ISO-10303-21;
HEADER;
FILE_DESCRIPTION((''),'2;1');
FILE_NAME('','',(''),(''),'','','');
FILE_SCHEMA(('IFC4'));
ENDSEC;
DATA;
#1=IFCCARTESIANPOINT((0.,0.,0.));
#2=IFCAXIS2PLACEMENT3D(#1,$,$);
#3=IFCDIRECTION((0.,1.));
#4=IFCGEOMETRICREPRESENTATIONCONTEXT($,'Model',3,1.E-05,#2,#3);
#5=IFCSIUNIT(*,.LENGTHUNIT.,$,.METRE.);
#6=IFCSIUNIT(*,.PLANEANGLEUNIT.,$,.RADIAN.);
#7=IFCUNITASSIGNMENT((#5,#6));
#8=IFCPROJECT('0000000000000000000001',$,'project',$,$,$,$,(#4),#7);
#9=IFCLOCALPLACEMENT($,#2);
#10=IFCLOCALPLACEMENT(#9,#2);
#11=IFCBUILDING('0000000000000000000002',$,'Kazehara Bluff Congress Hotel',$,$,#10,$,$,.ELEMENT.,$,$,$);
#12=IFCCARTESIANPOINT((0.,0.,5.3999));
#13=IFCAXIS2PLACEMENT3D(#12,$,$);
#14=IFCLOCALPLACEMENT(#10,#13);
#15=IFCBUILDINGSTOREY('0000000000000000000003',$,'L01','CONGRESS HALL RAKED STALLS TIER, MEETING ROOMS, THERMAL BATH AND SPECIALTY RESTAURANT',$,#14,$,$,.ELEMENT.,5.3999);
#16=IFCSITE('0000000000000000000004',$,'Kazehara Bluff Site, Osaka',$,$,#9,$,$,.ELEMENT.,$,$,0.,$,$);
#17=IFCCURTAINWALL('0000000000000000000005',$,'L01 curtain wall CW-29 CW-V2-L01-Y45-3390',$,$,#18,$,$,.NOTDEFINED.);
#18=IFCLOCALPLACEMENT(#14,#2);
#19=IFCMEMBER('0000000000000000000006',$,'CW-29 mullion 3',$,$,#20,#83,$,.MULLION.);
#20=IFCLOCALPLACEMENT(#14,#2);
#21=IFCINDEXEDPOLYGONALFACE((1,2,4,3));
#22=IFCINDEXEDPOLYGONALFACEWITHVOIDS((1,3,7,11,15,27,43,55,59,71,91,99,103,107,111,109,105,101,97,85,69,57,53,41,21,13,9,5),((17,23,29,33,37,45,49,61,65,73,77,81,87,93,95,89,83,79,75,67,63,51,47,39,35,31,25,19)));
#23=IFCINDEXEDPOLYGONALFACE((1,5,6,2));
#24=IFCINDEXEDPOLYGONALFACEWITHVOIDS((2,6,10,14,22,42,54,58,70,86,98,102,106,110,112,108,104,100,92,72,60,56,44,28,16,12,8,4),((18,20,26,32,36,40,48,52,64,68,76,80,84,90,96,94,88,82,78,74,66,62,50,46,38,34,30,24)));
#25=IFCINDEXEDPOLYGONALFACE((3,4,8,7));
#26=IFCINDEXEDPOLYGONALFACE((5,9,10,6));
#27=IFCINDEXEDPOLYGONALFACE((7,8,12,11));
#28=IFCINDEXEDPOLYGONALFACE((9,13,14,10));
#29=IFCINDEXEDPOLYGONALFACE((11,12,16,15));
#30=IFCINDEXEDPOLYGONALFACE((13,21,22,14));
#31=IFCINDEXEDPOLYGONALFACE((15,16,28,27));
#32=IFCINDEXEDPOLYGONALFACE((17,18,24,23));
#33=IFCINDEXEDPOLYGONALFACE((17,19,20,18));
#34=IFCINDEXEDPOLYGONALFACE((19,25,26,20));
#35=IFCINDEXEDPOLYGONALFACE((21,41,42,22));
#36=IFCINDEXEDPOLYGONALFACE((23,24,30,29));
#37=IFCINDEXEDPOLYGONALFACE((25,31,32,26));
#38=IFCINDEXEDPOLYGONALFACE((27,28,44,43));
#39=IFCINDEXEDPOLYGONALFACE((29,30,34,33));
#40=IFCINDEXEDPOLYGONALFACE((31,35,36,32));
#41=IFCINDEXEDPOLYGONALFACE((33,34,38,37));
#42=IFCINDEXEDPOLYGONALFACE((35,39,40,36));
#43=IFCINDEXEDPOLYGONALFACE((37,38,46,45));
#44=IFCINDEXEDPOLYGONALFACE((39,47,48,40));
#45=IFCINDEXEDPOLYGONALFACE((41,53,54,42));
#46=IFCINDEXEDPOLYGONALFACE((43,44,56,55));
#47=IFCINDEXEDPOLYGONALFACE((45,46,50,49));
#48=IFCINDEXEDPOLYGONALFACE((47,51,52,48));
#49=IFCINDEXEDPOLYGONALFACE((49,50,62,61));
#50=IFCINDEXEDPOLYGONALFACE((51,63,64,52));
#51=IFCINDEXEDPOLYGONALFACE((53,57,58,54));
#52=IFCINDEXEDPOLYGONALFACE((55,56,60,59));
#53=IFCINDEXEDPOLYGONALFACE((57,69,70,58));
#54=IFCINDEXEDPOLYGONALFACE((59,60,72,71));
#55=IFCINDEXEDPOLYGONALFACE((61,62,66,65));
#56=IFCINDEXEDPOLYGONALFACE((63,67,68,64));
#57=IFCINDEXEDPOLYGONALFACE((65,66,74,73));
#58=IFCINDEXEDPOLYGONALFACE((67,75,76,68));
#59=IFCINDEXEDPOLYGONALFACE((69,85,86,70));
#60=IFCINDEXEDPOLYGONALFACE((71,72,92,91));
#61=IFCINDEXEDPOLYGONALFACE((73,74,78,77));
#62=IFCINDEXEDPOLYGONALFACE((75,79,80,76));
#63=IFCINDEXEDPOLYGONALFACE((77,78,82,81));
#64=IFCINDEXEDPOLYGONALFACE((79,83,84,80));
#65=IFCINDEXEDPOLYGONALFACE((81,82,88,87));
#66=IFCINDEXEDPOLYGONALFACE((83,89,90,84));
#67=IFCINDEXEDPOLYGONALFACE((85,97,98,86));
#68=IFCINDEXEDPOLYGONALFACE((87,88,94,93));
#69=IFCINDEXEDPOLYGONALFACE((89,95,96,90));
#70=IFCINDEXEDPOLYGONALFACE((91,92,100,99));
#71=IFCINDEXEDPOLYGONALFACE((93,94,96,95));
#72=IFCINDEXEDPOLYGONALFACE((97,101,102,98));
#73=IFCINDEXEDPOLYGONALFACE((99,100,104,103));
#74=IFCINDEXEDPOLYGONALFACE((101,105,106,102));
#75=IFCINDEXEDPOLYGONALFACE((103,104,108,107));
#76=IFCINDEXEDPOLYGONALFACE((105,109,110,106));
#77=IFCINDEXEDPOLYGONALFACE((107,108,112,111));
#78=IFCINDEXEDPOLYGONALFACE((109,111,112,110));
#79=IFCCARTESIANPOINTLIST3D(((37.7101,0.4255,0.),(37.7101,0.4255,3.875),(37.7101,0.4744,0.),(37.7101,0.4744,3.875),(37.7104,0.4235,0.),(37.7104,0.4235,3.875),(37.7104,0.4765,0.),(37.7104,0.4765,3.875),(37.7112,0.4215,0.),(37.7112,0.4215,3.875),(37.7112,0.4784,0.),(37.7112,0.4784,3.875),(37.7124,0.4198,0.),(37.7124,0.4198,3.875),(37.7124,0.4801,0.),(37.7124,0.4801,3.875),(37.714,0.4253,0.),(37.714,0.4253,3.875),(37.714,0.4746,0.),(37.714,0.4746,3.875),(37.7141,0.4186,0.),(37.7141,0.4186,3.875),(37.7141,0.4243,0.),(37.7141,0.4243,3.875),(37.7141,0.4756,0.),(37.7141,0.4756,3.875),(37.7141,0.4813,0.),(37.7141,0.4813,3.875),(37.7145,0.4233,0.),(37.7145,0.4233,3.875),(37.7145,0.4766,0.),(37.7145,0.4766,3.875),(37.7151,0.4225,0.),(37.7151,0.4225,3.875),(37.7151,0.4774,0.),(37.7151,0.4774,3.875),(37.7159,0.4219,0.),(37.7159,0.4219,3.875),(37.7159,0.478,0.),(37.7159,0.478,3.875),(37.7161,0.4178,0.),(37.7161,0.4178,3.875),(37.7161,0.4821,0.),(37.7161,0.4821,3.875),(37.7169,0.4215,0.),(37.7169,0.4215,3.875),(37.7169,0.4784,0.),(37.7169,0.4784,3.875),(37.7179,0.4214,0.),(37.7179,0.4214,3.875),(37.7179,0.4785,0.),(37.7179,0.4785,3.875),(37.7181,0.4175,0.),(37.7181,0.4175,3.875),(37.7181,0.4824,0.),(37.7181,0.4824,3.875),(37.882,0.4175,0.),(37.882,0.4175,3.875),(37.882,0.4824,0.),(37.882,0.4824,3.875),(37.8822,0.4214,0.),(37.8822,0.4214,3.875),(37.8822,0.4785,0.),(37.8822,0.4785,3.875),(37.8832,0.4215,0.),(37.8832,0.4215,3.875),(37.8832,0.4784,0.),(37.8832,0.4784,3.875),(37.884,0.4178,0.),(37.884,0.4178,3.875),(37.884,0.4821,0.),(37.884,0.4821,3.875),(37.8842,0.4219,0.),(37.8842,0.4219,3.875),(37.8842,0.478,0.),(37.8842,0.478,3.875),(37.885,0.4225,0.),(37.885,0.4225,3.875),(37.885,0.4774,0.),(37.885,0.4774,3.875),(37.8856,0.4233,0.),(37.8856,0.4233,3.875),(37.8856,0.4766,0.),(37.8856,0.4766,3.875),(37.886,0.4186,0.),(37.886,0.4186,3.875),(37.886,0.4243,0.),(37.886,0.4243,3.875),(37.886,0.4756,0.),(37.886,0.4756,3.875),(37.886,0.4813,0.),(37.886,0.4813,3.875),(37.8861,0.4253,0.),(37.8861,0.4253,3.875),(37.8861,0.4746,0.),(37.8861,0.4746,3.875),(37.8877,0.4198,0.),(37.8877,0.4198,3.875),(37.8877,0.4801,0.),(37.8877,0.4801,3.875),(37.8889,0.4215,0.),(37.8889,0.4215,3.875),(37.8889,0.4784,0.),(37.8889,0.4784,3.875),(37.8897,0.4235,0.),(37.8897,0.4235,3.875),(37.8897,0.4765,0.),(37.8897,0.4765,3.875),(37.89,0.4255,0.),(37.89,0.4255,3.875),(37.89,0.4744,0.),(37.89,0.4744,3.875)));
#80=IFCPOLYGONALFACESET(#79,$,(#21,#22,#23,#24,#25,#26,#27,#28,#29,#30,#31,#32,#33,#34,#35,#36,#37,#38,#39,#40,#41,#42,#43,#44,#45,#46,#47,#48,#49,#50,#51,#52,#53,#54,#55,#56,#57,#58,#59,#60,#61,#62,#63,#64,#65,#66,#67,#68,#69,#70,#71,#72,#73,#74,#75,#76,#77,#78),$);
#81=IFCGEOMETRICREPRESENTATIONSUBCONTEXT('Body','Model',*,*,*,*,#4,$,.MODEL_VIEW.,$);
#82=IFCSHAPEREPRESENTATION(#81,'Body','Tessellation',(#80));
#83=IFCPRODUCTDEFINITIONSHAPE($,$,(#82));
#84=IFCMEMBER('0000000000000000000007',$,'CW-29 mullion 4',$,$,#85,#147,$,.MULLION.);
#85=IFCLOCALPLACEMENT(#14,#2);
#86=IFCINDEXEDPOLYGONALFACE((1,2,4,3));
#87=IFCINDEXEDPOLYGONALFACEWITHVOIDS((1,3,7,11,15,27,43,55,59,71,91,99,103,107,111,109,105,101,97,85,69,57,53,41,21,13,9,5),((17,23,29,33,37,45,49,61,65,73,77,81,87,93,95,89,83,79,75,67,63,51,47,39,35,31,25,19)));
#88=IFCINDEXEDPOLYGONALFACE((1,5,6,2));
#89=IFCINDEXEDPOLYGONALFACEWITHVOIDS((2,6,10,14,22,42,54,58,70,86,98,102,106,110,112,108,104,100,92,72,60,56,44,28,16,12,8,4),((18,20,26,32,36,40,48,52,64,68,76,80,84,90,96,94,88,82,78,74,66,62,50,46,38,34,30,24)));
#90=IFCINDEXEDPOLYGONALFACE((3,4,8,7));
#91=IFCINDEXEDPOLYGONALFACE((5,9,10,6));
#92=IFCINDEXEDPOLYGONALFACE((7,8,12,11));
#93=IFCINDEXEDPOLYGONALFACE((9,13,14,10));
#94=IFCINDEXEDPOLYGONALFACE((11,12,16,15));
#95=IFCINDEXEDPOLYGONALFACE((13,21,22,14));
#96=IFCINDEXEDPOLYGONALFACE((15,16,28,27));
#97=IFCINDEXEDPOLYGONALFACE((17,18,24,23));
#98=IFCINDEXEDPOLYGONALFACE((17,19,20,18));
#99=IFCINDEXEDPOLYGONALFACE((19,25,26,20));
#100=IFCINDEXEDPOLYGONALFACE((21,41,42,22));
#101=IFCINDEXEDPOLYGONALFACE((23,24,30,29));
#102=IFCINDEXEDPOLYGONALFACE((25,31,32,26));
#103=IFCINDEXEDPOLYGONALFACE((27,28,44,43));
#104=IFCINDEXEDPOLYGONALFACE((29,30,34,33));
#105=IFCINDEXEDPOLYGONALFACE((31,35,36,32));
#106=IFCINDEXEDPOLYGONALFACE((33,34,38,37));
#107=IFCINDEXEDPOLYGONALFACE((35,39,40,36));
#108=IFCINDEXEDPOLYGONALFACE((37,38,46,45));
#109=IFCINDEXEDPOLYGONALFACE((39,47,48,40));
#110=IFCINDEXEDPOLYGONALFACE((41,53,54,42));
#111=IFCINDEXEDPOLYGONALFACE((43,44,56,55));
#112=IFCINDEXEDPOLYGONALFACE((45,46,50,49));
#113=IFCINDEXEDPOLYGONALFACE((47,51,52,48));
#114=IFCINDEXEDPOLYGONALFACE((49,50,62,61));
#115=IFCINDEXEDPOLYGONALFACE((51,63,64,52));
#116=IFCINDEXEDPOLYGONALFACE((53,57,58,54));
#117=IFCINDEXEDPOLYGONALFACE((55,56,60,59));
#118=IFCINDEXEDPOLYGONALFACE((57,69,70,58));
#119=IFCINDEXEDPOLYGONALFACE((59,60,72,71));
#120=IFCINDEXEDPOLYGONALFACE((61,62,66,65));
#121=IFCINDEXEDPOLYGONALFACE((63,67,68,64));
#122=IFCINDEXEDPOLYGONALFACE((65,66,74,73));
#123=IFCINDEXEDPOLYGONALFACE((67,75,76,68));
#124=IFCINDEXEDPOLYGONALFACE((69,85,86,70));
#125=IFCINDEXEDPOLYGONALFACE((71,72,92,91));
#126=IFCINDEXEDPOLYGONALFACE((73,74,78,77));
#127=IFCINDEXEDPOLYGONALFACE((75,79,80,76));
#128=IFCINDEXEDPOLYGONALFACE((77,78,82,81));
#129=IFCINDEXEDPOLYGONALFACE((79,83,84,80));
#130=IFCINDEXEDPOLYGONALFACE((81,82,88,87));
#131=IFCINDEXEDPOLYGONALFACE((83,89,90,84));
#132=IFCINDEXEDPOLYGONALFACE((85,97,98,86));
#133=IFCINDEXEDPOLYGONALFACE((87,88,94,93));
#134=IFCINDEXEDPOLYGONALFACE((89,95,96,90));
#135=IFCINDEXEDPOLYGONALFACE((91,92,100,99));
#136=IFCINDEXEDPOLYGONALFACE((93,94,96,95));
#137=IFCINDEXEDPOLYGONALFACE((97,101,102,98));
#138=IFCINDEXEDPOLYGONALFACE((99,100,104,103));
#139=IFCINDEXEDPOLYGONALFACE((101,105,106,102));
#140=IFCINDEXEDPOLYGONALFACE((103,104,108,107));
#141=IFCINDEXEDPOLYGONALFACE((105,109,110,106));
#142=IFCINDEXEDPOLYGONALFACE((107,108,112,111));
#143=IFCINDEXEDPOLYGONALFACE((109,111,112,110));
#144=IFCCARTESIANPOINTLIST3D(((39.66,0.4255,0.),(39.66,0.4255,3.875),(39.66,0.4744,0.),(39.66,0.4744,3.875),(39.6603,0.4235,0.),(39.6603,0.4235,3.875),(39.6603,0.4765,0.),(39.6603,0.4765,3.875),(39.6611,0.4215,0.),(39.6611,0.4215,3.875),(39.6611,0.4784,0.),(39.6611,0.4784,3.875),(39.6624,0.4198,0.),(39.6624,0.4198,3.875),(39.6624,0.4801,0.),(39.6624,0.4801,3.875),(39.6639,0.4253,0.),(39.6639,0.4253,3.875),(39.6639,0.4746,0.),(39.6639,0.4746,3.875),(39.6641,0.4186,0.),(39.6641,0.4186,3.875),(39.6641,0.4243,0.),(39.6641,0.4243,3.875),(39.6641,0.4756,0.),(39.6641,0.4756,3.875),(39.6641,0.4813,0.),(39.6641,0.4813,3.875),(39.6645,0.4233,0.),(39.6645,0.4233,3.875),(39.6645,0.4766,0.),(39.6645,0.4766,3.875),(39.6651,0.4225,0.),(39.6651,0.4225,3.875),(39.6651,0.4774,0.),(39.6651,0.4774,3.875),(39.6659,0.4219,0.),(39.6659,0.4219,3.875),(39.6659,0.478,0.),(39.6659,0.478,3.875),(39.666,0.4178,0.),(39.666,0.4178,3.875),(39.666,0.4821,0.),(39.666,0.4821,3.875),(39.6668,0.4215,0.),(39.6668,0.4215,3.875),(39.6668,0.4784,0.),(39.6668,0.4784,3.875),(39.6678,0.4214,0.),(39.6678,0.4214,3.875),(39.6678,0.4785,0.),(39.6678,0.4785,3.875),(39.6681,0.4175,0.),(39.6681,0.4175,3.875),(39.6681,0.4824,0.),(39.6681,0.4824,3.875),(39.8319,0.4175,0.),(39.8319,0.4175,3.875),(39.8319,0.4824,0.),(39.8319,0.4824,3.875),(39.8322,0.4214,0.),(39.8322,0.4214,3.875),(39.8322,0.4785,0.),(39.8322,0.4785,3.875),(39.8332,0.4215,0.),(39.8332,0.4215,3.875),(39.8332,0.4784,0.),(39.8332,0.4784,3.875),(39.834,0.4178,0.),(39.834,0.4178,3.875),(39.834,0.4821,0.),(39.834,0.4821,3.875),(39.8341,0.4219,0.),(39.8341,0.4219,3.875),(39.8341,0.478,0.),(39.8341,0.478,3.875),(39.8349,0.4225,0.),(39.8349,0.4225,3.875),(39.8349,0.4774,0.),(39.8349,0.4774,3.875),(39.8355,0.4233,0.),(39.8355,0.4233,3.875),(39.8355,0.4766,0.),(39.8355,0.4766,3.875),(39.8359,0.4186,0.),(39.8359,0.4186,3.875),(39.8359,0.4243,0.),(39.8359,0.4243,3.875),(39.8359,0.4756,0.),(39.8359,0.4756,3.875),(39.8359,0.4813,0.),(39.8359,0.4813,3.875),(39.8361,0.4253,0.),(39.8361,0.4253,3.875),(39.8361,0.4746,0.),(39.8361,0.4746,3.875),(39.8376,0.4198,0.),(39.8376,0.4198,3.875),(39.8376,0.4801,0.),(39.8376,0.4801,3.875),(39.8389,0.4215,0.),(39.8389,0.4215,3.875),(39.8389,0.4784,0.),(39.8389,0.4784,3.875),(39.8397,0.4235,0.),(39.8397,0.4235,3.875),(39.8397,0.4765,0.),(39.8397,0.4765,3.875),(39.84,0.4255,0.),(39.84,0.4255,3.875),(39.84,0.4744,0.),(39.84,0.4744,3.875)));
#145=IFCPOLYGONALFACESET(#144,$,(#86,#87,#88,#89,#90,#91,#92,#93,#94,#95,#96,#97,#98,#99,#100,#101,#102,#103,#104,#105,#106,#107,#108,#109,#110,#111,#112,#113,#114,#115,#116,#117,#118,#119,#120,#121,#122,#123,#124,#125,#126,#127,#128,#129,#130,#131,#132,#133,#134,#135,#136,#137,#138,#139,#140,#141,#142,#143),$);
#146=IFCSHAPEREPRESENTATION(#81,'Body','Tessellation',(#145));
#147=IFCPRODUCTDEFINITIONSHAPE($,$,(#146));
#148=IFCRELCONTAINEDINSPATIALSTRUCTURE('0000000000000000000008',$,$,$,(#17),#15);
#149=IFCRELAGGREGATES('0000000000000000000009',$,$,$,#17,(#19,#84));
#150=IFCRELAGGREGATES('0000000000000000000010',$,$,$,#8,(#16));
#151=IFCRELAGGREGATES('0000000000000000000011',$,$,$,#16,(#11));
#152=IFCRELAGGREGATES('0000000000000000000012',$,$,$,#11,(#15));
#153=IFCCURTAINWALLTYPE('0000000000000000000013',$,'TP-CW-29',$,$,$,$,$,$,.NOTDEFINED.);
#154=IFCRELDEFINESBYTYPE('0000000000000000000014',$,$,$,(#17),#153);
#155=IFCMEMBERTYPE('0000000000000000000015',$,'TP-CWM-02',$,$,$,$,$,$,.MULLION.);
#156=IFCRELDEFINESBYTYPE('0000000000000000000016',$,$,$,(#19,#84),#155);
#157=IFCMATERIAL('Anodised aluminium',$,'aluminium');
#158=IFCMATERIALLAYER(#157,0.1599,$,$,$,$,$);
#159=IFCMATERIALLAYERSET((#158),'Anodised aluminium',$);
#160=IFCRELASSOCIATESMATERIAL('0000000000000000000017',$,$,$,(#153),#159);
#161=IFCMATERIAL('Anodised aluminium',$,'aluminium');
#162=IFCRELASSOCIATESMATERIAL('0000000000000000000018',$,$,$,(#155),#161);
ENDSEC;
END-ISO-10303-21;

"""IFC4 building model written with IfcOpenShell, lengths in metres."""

from ifc_helpers import new_model, si_unit, direction, frame, origin, origin_2d, place, context, subcontext, project, spatial, hollow_rectangle, extrude, material, layer, layer_set, material_profile, profile_set, type_object, element, aggregate, save


model = new_model("IFC4")

# Units and contexts
model_context = context("Model", 3, precision=1e-05, world=origin(), true_north=direction((0.0, 1.0)))
body_context = subcontext(model_context, "Body", "Model", "MODEL_VIEW")
ifc_project = project(units=[si_unit("LENGTHUNIT", "METRE"), si_unit("PLANEANGLEUNIT", "RADIAN")], contexts=[model_context])

# Site, building, storey
site_placement = place(None, origin())
site = spatial("IfcSite", under=ifc_project, at=site_placement, Name="Kazehara Bluff Site, Osaka", CompositionType="ELEMENT", RefElevation=0.0)
building_placement = place(site_placement, origin())
building = spatial("IfcBuilding", under=site, at=building_placement, Name="Kazehara Bluff Congress Hotel", CompositionType="ELEMENT")
storey_placement = place(building_placement, frame((0.0, 0.0, 5.3999)))
storey = spatial("IfcBuildingStorey", under=building, at=storey_placement, Name="L01", Description="CONGRESS HALL RAKED STALLS TIER, MEETING ROOMS, THERMAL BATH AND SPECIALTY RESTAURANT", CompositionType="ELEMENT", Elevation=5.3999)

# Curtain wall, members
ifc_material_1 = material(Name="Anodised aluminium", Category="aluminium")
ifc_layer_1 = layer(ifc_material_1, 0.1599)
ifc_layer_set_1 = layer_set([ifc_layer_1], Name="Anodised aluminium")
curtain_wall_type = type_object("IfcCurtainWallType", Name="TP-CW-29", PredefinedType="NOTDEFINED", material=ifc_layer_set_1)
curtain_wall_placement = place(storey_placement, origin())
curtain_wall = element("IfcCurtainWall", 1, at=curtain_wall_placement, inside=storey, type_object=curtain_wall_type, Name="L01 curtain wall CW-29 CW-V2-L01-Y45-3390", PredefinedType="NOTDEFINED")
ifc_material_2 = material(Name="Anodised aluminium", Category="aluminium")
ifc_material_profile_1 = material_profile(ifc_material_2, hollow_rectangle(XDim=0.0649, YDim=0.1799, WallThickness=0.0039, InnerFilletRadius=0.0039, OuterFilletRadius=0.0081, at=origin_2d()))
ifc_profile_set_1 = profile_set([ifc_material_profile_1], Name="Anodised aluminium")
member_type_1 = type_object("IfcMemberType", Name="TP-CWM-02", PredefinedType="MULLION", material=ifc_profile_set_1)
member_1_placement = place(storey_placement, frame((37.8, 0.45, 0.0), z_axis=(0.0, 0.0, 1.0), x_axis=(0.0, 1.0, 0.0)))
member_1 = element("IfcMember", 2, at=member_1_placement, type_object=member_type_1, Name="CW-29 mullion 3", PredefinedType="MULLION", context=body_context, shape_type="SweptSolid", body=[
    extrude(hollow_rectangle(XDim=0.0649, YDim=0.1799, WallThickness=0.0039, InnerFilletRadius=0.0039, OuterFilletRadius=0.0081, at=origin_2d()), origin(), (0.0, 0.0, 1.0), 3.875),
])
member_2_placement = place(storey_placement, frame((39.75, 0.45, 0.0), z_axis=(0.0, 0.0, 1.0), x_axis=(0.0, 1.0, 0.0)))
member_2 = element("IfcMember", 3, at=member_2_placement, type_object=member_type_1, Name="CW-29 mullion 4", PredefinedType="MULLION", context=body_context, shape_type="SweptSolid", body=[
    extrude(hollow_rectangle(XDim=0.0649, YDim=0.1799, WallThickness=0.0039, InnerFilletRadius=0.0039, OuterFilletRadius=0.0081, at=origin_2d()), origin(), (0.0, 0.0, 1.0), 3.875),
])

aggregate(curtain_wall, [member_1, member_2])

save(model, "model.ifc")
